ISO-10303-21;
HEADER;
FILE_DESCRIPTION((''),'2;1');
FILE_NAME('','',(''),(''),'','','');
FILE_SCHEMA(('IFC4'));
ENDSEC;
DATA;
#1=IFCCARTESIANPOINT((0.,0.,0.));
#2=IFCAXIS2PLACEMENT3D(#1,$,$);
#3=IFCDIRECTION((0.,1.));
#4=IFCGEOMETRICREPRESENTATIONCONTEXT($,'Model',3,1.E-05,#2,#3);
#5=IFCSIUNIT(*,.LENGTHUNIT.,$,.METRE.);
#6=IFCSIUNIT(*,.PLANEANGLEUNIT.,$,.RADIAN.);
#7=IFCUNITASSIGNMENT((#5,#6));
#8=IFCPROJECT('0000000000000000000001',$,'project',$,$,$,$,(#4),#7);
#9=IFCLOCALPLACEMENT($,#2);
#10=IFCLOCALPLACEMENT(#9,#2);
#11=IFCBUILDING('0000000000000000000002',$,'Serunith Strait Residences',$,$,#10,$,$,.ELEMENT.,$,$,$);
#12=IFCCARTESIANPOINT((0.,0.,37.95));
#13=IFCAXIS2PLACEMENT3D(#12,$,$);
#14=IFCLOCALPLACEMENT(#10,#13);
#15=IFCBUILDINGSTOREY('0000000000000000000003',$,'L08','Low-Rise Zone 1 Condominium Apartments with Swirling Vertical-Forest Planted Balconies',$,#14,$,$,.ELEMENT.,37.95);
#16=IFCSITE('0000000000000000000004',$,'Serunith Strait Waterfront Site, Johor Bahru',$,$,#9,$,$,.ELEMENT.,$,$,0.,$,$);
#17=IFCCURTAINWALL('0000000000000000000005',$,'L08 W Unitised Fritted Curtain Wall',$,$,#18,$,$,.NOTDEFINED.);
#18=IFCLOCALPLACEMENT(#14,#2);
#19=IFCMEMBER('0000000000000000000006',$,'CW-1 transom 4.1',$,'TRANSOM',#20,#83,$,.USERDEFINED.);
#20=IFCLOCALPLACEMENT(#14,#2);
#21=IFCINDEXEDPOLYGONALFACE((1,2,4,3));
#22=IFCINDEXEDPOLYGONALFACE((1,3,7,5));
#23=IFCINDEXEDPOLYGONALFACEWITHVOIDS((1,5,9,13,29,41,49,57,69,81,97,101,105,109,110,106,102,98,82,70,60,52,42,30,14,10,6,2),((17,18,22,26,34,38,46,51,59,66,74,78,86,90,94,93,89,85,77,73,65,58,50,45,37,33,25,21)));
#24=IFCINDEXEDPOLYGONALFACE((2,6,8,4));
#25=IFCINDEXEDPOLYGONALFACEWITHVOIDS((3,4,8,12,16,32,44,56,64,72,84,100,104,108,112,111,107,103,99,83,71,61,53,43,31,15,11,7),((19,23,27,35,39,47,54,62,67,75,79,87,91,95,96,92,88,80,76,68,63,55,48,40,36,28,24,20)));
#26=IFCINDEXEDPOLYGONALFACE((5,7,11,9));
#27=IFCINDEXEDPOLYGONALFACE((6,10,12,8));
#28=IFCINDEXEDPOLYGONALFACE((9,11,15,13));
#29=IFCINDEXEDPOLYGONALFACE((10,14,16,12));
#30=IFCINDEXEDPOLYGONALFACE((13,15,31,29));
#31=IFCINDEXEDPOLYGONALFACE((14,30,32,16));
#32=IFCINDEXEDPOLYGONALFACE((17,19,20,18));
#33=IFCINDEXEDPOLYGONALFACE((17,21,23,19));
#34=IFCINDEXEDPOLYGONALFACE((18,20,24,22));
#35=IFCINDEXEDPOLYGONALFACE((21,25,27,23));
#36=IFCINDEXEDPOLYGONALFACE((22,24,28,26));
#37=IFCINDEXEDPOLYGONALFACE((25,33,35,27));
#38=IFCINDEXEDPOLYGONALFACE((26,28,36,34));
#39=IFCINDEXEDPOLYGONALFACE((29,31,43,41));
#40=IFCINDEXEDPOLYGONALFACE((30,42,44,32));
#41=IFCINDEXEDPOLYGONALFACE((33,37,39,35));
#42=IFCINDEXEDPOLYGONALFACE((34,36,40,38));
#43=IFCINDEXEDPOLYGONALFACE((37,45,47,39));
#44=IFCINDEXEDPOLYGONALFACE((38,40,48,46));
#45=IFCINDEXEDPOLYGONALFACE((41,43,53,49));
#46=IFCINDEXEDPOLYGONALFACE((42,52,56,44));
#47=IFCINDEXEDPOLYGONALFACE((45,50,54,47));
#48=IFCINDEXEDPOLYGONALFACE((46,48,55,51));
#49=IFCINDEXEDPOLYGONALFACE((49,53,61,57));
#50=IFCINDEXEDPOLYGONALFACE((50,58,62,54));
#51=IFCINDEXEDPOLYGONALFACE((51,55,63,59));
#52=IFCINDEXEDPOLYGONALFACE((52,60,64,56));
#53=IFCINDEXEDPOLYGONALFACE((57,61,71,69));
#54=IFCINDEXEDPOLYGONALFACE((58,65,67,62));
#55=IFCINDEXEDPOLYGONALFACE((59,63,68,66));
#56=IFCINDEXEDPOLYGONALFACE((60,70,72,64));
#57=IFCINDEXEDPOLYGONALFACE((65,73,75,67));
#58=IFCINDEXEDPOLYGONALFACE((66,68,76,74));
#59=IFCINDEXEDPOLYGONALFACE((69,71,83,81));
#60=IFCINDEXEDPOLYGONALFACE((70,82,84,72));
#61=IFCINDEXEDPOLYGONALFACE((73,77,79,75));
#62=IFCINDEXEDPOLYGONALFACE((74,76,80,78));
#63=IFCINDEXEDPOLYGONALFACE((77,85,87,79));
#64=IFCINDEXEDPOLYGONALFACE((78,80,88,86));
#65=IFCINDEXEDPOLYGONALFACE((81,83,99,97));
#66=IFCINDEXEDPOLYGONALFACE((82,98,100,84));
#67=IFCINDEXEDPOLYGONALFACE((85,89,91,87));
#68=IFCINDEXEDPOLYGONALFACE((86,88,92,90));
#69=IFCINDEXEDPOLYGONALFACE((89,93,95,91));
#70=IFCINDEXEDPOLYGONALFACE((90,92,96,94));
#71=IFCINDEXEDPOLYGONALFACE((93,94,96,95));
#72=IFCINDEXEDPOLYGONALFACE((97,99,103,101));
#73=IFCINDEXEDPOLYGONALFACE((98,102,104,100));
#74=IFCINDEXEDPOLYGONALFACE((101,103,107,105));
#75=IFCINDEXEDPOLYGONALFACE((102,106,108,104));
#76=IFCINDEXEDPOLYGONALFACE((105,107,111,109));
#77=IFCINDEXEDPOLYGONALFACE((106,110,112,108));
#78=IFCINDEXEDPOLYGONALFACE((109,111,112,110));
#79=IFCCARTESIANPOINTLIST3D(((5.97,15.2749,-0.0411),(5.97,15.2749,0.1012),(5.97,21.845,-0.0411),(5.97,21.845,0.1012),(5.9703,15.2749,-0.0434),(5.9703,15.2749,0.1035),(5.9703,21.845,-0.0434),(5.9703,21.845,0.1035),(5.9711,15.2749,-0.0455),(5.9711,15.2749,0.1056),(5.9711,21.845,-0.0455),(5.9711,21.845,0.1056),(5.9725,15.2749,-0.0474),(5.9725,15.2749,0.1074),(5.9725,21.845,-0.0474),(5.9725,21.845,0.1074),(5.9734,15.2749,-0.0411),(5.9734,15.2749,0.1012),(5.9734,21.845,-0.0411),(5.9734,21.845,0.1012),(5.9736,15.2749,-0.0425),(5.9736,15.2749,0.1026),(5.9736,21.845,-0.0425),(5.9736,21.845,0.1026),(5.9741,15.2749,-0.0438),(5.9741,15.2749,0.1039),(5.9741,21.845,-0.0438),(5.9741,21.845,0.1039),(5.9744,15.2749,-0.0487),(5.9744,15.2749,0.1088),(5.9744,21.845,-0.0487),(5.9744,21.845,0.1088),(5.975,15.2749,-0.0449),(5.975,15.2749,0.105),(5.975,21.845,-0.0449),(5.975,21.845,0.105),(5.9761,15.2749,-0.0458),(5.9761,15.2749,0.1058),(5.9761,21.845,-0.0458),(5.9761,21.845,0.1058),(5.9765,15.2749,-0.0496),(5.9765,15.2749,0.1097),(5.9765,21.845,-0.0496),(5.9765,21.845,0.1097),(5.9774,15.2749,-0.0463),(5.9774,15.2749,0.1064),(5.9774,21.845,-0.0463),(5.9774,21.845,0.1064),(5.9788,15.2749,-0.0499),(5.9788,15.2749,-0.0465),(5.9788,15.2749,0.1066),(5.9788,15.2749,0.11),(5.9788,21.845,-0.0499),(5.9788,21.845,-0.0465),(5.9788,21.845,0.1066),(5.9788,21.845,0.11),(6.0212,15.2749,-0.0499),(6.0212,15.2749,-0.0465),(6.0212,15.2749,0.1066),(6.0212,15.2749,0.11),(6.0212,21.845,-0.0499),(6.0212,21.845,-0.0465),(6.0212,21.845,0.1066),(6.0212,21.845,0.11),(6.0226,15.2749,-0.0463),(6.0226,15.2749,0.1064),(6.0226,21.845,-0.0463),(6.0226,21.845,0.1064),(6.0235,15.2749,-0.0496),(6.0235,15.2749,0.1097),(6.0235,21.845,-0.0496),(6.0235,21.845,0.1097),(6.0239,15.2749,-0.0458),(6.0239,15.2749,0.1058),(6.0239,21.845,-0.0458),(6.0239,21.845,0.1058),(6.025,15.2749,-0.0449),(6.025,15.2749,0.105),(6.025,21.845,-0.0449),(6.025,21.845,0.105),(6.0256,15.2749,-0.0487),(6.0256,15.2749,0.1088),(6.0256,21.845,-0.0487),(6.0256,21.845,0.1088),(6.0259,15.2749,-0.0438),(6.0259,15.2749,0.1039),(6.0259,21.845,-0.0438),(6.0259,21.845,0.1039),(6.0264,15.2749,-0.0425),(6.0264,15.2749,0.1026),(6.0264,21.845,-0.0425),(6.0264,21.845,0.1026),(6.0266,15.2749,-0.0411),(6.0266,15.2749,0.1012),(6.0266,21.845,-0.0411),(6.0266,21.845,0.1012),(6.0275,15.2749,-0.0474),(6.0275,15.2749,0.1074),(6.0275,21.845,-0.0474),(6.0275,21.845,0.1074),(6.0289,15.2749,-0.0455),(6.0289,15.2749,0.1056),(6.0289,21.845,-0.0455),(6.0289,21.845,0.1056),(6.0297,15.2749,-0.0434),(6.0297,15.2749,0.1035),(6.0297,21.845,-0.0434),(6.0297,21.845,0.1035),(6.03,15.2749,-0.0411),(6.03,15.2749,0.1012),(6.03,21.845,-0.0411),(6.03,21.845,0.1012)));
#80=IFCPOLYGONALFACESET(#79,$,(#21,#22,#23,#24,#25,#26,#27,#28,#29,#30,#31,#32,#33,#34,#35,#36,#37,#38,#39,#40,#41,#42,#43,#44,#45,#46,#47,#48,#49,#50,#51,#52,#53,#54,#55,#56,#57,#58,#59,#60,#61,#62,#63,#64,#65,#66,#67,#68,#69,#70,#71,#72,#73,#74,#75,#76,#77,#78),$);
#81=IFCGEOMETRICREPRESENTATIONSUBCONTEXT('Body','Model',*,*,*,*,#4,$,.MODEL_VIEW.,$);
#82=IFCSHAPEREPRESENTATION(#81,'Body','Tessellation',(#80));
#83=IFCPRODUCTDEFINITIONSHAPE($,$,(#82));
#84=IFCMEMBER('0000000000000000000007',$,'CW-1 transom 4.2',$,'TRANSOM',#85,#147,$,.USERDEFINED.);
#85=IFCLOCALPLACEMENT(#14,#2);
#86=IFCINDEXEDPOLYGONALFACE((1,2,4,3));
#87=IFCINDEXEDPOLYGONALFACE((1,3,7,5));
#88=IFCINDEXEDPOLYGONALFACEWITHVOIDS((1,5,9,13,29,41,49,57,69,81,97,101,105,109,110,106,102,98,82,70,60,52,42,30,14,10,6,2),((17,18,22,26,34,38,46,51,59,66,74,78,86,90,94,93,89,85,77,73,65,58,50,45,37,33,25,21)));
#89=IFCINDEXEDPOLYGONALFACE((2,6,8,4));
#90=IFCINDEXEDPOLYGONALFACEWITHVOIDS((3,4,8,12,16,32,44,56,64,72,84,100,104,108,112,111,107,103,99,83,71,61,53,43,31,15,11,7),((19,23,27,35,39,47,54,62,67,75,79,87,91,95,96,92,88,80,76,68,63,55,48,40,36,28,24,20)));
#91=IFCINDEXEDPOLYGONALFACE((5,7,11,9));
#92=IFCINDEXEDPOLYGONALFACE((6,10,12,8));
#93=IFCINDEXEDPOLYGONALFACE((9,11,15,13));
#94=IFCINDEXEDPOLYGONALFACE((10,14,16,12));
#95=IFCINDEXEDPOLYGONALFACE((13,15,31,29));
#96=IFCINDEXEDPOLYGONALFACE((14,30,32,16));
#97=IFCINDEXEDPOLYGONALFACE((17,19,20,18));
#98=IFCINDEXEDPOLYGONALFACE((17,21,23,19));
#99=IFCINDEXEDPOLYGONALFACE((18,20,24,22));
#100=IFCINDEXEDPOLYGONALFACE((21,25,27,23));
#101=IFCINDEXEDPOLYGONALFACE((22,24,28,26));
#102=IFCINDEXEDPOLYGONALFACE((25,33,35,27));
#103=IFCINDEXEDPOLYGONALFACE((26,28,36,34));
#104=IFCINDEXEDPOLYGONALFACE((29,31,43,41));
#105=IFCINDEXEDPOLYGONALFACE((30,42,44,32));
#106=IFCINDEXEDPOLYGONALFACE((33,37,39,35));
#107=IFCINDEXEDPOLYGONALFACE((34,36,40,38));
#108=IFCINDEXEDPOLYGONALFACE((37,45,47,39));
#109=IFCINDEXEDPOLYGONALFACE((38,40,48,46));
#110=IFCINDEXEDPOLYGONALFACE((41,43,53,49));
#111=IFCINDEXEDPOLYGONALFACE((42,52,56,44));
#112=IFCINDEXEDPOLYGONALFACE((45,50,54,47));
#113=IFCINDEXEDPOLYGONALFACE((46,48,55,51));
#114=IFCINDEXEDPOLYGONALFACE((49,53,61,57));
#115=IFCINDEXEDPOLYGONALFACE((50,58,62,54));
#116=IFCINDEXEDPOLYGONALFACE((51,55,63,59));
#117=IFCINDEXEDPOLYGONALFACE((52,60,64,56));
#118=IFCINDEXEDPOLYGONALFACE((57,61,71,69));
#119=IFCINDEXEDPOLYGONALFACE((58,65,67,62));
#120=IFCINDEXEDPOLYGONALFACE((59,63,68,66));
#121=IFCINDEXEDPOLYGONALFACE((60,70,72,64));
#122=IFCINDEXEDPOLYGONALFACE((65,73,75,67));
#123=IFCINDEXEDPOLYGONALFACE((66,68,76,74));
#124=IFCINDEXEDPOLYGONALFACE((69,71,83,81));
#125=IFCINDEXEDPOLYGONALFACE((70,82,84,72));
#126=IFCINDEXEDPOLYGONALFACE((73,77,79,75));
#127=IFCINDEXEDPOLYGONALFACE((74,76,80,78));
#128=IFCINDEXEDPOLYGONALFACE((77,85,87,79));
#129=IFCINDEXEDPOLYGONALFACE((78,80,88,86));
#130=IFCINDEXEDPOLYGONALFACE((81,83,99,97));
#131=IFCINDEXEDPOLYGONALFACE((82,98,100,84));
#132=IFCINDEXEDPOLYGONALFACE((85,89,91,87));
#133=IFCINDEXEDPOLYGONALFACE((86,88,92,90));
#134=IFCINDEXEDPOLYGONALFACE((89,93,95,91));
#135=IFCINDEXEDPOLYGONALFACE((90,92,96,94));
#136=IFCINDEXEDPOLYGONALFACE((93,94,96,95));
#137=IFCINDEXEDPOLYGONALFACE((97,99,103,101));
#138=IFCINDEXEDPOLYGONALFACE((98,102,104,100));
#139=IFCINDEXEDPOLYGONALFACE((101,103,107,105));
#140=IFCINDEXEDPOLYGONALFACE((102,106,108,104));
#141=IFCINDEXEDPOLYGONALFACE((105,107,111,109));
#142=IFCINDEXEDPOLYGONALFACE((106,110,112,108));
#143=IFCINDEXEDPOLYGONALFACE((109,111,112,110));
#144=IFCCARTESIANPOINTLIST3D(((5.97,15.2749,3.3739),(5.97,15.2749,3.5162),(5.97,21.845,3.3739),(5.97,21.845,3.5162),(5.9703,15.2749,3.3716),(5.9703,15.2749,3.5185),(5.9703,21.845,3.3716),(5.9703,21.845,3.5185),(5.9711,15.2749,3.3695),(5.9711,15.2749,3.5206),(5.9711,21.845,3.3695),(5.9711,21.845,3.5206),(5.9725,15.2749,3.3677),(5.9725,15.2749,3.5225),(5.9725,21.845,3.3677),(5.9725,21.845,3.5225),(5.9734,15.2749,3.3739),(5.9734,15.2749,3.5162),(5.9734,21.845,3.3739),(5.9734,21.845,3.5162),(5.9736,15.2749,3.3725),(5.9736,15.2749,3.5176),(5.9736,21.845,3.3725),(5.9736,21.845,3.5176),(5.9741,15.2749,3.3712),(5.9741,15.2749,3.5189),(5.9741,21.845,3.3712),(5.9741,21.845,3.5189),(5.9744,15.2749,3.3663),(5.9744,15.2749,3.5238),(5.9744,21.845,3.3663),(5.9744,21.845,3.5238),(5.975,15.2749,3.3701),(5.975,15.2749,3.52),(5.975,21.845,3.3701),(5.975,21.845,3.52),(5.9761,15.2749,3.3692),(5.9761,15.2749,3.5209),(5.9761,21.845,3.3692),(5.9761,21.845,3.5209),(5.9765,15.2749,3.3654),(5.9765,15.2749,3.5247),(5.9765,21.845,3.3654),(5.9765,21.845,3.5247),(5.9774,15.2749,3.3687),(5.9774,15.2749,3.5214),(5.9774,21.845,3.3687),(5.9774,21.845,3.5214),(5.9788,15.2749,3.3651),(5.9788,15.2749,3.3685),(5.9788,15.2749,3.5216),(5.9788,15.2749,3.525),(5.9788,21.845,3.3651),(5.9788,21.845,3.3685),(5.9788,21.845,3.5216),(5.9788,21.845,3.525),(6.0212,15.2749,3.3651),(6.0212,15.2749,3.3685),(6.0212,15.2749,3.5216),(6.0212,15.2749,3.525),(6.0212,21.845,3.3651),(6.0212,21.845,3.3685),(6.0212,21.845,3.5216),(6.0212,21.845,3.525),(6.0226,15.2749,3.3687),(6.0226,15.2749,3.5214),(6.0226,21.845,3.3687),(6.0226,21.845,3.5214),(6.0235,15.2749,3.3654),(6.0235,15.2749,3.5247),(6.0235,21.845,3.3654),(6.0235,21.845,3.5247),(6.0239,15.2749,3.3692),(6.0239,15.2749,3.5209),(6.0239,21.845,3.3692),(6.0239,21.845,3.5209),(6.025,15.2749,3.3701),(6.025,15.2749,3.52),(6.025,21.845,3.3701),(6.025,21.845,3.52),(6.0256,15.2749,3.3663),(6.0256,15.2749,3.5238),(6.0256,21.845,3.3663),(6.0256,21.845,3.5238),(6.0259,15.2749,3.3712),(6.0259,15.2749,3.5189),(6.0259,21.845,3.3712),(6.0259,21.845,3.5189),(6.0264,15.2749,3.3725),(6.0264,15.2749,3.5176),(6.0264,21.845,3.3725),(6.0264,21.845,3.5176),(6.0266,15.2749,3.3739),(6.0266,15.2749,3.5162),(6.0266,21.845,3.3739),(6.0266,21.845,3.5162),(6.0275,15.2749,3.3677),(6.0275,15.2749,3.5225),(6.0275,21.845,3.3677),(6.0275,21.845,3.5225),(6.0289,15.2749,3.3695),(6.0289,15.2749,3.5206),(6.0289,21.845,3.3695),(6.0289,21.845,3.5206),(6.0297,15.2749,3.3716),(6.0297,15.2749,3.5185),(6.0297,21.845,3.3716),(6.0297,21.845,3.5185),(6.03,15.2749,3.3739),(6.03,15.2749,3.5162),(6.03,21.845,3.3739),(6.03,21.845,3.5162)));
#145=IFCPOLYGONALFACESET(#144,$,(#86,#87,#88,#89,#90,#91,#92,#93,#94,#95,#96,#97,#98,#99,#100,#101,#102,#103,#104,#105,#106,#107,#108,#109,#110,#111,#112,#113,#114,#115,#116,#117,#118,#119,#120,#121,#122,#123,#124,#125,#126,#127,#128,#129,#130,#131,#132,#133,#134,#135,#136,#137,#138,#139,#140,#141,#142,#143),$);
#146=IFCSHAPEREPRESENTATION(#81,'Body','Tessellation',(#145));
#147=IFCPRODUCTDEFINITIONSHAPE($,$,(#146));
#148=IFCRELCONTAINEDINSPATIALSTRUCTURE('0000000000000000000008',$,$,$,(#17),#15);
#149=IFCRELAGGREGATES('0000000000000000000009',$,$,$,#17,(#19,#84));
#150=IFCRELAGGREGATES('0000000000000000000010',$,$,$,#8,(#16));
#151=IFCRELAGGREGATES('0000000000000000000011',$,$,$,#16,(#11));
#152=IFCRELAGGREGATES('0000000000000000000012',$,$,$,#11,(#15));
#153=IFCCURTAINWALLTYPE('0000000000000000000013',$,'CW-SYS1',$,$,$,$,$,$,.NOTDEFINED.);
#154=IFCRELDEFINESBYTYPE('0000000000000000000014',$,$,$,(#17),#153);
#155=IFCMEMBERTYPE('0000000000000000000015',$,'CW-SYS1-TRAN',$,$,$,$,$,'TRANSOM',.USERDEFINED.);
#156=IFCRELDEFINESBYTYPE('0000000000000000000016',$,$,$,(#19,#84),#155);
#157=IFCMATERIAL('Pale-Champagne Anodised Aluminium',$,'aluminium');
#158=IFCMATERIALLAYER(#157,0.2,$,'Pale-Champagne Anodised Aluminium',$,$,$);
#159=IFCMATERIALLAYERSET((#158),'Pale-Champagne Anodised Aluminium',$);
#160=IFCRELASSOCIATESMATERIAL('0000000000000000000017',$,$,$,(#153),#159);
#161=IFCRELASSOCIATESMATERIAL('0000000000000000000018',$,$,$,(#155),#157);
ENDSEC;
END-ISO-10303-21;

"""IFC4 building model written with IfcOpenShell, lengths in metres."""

from ifc_helpers import new_model, si_unit, direction, frame, origin, origin_2d, place, context, subcontext, project, spatial, hollow_rectangle, extrude, source, transform, mapped, material, layer, layer_set, material_profile, profile_set, type_object, element, aggregate, save


model = new_model("IFC4")

# Units and contexts
model_context = context("Model", 3, precision=1e-05, world=origin(), true_north=direction((0.0, 1.0)))
body_context = subcontext(model_context, "Body", "Model", "MODEL_VIEW")
ifc_project = project(units=[si_unit("LENGTHUNIT", "METRE"), si_unit("PLANEANGLEUNIT", "RADIAN")], contexts=[model_context])

# Site, building, storey
site_placement = place(None, origin())
site = spatial("IfcSite", under=ifc_project, at=site_placement, Name="Serunith Strait Waterfront Site, Johor Bahru", CompositionType="ELEMENT", RefElevation=0.0)
building_placement = place(site_placement, origin())
building = spatial("IfcBuilding", under=site, at=building_placement, Name="Serunith Strait Residences", CompositionType="ELEMENT")
storey_placement = place(building_placement, frame((0.0, 0.0, 37.95)))
storey = spatial("IfcBuildingStorey", under=building, at=storey_placement, Name="L08", Description="Low-Rise Zone 1 Condominium Apartments with Swirling Vertical-Forest Planted Balconies", CompositionType="ELEMENT", Elevation=37.95)

# Curtain wall, members
ifc_material_1 = material(Name="Pale-Champagne Anodised Aluminium", Category="aluminium")
ifc_layer_1 = layer(ifc_material_1, 0.2, Name="Pale-Champagne Anodised Aluminium")
ifc_layer_set_1 = layer_set([ifc_layer_1], Name="Pale-Champagne Anodised Aluminium")
curtain_wall_type = type_object("IfcCurtainWallType", Name="CW-SYS1", PredefinedType="NOTDEFINED", material=ifc_layer_set_1)
curtain_wall_placement = place(storey_placement, origin())
curtain_wall = element("IfcCurtainWall", 1, at=curtain_wall_placement, inside=storey, type_object=curtain_wall_type, Name="L08 W Unitised Fritted Curtain Wall", PredefinedType="NOTDEFINED")
ifc_material_profile_1 = material_profile(ifc_material_1, hollow_rectangle(XDim=0.0601, YDim=0.1599, WallThickness=0.0034, InnerFilletRadius=0.0054, OuterFilletRadius=0.0088, at=origin_2d()), Name="ALU 160x60x3.5")
ifc_profile_set_1 = profile_set([ifc_material_profile_1], Name="Pale-Champagne Anodised Aluminium")
member_type_1 = type_object("IfcMemberType", Name="CW-SYS1-TRAN", ElementType="TRANSOM", PredefinedType="USERDEFINED", material=ifc_profile_set_1)
shared_shape_1 = source(origin(), body_context, "Body", "SweptSolid", [
    extrude(hollow_rectangle(XDim=0.0601, YDim=0.1599, WallThickness=0.0034, InnerFilletRadius=0.0054, OuterFilletRadius=0.0088, at=origin_2d()), origin(), (0.0, 0.0, 1.0), 6.5701),
])
member_1_placement = place(storey_placement, frame((6.0, 21.845, 0.03), z_axis=(0.0, -1.0, 0.0), x_axis=(1.0, 0.0, 0.0)))
member_1 = element("IfcMember", 2, at=member_1_placement, type_object=member_type_1, Name="CW-1 transom 4.1", ObjectType="TRANSOM", PredefinedType="USERDEFINED", context=body_context, shape_type="MappedRepresentation", body=[
    mapped(shared_shape_1, transform((0.0, 0.0, 0.0), scale=1.0)),
])
member_2_placement = place(storey_placement, frame((6.0, 21.845, 3.4451), z_axis=(0.0, -1.0, 0.0), x_axis=(1.0, 0.0, 0.0)))
member_2 = element("IfcMember", 3, at=member_2_placement, type_object=member_type_1, Name="CW-1 transom 4.2", ObjectType="TRANSOM", PredefinedType="USERDEFINED", context=body_context, shape_type="MappedRepresentation", body=[
    mapped(shared_shape_1, transform((0.0, 0.0, 0.0), scale=1.0)),
])
aggregate(curtain_wall, [member_1, member_2])

save(model, "model.ifc")
